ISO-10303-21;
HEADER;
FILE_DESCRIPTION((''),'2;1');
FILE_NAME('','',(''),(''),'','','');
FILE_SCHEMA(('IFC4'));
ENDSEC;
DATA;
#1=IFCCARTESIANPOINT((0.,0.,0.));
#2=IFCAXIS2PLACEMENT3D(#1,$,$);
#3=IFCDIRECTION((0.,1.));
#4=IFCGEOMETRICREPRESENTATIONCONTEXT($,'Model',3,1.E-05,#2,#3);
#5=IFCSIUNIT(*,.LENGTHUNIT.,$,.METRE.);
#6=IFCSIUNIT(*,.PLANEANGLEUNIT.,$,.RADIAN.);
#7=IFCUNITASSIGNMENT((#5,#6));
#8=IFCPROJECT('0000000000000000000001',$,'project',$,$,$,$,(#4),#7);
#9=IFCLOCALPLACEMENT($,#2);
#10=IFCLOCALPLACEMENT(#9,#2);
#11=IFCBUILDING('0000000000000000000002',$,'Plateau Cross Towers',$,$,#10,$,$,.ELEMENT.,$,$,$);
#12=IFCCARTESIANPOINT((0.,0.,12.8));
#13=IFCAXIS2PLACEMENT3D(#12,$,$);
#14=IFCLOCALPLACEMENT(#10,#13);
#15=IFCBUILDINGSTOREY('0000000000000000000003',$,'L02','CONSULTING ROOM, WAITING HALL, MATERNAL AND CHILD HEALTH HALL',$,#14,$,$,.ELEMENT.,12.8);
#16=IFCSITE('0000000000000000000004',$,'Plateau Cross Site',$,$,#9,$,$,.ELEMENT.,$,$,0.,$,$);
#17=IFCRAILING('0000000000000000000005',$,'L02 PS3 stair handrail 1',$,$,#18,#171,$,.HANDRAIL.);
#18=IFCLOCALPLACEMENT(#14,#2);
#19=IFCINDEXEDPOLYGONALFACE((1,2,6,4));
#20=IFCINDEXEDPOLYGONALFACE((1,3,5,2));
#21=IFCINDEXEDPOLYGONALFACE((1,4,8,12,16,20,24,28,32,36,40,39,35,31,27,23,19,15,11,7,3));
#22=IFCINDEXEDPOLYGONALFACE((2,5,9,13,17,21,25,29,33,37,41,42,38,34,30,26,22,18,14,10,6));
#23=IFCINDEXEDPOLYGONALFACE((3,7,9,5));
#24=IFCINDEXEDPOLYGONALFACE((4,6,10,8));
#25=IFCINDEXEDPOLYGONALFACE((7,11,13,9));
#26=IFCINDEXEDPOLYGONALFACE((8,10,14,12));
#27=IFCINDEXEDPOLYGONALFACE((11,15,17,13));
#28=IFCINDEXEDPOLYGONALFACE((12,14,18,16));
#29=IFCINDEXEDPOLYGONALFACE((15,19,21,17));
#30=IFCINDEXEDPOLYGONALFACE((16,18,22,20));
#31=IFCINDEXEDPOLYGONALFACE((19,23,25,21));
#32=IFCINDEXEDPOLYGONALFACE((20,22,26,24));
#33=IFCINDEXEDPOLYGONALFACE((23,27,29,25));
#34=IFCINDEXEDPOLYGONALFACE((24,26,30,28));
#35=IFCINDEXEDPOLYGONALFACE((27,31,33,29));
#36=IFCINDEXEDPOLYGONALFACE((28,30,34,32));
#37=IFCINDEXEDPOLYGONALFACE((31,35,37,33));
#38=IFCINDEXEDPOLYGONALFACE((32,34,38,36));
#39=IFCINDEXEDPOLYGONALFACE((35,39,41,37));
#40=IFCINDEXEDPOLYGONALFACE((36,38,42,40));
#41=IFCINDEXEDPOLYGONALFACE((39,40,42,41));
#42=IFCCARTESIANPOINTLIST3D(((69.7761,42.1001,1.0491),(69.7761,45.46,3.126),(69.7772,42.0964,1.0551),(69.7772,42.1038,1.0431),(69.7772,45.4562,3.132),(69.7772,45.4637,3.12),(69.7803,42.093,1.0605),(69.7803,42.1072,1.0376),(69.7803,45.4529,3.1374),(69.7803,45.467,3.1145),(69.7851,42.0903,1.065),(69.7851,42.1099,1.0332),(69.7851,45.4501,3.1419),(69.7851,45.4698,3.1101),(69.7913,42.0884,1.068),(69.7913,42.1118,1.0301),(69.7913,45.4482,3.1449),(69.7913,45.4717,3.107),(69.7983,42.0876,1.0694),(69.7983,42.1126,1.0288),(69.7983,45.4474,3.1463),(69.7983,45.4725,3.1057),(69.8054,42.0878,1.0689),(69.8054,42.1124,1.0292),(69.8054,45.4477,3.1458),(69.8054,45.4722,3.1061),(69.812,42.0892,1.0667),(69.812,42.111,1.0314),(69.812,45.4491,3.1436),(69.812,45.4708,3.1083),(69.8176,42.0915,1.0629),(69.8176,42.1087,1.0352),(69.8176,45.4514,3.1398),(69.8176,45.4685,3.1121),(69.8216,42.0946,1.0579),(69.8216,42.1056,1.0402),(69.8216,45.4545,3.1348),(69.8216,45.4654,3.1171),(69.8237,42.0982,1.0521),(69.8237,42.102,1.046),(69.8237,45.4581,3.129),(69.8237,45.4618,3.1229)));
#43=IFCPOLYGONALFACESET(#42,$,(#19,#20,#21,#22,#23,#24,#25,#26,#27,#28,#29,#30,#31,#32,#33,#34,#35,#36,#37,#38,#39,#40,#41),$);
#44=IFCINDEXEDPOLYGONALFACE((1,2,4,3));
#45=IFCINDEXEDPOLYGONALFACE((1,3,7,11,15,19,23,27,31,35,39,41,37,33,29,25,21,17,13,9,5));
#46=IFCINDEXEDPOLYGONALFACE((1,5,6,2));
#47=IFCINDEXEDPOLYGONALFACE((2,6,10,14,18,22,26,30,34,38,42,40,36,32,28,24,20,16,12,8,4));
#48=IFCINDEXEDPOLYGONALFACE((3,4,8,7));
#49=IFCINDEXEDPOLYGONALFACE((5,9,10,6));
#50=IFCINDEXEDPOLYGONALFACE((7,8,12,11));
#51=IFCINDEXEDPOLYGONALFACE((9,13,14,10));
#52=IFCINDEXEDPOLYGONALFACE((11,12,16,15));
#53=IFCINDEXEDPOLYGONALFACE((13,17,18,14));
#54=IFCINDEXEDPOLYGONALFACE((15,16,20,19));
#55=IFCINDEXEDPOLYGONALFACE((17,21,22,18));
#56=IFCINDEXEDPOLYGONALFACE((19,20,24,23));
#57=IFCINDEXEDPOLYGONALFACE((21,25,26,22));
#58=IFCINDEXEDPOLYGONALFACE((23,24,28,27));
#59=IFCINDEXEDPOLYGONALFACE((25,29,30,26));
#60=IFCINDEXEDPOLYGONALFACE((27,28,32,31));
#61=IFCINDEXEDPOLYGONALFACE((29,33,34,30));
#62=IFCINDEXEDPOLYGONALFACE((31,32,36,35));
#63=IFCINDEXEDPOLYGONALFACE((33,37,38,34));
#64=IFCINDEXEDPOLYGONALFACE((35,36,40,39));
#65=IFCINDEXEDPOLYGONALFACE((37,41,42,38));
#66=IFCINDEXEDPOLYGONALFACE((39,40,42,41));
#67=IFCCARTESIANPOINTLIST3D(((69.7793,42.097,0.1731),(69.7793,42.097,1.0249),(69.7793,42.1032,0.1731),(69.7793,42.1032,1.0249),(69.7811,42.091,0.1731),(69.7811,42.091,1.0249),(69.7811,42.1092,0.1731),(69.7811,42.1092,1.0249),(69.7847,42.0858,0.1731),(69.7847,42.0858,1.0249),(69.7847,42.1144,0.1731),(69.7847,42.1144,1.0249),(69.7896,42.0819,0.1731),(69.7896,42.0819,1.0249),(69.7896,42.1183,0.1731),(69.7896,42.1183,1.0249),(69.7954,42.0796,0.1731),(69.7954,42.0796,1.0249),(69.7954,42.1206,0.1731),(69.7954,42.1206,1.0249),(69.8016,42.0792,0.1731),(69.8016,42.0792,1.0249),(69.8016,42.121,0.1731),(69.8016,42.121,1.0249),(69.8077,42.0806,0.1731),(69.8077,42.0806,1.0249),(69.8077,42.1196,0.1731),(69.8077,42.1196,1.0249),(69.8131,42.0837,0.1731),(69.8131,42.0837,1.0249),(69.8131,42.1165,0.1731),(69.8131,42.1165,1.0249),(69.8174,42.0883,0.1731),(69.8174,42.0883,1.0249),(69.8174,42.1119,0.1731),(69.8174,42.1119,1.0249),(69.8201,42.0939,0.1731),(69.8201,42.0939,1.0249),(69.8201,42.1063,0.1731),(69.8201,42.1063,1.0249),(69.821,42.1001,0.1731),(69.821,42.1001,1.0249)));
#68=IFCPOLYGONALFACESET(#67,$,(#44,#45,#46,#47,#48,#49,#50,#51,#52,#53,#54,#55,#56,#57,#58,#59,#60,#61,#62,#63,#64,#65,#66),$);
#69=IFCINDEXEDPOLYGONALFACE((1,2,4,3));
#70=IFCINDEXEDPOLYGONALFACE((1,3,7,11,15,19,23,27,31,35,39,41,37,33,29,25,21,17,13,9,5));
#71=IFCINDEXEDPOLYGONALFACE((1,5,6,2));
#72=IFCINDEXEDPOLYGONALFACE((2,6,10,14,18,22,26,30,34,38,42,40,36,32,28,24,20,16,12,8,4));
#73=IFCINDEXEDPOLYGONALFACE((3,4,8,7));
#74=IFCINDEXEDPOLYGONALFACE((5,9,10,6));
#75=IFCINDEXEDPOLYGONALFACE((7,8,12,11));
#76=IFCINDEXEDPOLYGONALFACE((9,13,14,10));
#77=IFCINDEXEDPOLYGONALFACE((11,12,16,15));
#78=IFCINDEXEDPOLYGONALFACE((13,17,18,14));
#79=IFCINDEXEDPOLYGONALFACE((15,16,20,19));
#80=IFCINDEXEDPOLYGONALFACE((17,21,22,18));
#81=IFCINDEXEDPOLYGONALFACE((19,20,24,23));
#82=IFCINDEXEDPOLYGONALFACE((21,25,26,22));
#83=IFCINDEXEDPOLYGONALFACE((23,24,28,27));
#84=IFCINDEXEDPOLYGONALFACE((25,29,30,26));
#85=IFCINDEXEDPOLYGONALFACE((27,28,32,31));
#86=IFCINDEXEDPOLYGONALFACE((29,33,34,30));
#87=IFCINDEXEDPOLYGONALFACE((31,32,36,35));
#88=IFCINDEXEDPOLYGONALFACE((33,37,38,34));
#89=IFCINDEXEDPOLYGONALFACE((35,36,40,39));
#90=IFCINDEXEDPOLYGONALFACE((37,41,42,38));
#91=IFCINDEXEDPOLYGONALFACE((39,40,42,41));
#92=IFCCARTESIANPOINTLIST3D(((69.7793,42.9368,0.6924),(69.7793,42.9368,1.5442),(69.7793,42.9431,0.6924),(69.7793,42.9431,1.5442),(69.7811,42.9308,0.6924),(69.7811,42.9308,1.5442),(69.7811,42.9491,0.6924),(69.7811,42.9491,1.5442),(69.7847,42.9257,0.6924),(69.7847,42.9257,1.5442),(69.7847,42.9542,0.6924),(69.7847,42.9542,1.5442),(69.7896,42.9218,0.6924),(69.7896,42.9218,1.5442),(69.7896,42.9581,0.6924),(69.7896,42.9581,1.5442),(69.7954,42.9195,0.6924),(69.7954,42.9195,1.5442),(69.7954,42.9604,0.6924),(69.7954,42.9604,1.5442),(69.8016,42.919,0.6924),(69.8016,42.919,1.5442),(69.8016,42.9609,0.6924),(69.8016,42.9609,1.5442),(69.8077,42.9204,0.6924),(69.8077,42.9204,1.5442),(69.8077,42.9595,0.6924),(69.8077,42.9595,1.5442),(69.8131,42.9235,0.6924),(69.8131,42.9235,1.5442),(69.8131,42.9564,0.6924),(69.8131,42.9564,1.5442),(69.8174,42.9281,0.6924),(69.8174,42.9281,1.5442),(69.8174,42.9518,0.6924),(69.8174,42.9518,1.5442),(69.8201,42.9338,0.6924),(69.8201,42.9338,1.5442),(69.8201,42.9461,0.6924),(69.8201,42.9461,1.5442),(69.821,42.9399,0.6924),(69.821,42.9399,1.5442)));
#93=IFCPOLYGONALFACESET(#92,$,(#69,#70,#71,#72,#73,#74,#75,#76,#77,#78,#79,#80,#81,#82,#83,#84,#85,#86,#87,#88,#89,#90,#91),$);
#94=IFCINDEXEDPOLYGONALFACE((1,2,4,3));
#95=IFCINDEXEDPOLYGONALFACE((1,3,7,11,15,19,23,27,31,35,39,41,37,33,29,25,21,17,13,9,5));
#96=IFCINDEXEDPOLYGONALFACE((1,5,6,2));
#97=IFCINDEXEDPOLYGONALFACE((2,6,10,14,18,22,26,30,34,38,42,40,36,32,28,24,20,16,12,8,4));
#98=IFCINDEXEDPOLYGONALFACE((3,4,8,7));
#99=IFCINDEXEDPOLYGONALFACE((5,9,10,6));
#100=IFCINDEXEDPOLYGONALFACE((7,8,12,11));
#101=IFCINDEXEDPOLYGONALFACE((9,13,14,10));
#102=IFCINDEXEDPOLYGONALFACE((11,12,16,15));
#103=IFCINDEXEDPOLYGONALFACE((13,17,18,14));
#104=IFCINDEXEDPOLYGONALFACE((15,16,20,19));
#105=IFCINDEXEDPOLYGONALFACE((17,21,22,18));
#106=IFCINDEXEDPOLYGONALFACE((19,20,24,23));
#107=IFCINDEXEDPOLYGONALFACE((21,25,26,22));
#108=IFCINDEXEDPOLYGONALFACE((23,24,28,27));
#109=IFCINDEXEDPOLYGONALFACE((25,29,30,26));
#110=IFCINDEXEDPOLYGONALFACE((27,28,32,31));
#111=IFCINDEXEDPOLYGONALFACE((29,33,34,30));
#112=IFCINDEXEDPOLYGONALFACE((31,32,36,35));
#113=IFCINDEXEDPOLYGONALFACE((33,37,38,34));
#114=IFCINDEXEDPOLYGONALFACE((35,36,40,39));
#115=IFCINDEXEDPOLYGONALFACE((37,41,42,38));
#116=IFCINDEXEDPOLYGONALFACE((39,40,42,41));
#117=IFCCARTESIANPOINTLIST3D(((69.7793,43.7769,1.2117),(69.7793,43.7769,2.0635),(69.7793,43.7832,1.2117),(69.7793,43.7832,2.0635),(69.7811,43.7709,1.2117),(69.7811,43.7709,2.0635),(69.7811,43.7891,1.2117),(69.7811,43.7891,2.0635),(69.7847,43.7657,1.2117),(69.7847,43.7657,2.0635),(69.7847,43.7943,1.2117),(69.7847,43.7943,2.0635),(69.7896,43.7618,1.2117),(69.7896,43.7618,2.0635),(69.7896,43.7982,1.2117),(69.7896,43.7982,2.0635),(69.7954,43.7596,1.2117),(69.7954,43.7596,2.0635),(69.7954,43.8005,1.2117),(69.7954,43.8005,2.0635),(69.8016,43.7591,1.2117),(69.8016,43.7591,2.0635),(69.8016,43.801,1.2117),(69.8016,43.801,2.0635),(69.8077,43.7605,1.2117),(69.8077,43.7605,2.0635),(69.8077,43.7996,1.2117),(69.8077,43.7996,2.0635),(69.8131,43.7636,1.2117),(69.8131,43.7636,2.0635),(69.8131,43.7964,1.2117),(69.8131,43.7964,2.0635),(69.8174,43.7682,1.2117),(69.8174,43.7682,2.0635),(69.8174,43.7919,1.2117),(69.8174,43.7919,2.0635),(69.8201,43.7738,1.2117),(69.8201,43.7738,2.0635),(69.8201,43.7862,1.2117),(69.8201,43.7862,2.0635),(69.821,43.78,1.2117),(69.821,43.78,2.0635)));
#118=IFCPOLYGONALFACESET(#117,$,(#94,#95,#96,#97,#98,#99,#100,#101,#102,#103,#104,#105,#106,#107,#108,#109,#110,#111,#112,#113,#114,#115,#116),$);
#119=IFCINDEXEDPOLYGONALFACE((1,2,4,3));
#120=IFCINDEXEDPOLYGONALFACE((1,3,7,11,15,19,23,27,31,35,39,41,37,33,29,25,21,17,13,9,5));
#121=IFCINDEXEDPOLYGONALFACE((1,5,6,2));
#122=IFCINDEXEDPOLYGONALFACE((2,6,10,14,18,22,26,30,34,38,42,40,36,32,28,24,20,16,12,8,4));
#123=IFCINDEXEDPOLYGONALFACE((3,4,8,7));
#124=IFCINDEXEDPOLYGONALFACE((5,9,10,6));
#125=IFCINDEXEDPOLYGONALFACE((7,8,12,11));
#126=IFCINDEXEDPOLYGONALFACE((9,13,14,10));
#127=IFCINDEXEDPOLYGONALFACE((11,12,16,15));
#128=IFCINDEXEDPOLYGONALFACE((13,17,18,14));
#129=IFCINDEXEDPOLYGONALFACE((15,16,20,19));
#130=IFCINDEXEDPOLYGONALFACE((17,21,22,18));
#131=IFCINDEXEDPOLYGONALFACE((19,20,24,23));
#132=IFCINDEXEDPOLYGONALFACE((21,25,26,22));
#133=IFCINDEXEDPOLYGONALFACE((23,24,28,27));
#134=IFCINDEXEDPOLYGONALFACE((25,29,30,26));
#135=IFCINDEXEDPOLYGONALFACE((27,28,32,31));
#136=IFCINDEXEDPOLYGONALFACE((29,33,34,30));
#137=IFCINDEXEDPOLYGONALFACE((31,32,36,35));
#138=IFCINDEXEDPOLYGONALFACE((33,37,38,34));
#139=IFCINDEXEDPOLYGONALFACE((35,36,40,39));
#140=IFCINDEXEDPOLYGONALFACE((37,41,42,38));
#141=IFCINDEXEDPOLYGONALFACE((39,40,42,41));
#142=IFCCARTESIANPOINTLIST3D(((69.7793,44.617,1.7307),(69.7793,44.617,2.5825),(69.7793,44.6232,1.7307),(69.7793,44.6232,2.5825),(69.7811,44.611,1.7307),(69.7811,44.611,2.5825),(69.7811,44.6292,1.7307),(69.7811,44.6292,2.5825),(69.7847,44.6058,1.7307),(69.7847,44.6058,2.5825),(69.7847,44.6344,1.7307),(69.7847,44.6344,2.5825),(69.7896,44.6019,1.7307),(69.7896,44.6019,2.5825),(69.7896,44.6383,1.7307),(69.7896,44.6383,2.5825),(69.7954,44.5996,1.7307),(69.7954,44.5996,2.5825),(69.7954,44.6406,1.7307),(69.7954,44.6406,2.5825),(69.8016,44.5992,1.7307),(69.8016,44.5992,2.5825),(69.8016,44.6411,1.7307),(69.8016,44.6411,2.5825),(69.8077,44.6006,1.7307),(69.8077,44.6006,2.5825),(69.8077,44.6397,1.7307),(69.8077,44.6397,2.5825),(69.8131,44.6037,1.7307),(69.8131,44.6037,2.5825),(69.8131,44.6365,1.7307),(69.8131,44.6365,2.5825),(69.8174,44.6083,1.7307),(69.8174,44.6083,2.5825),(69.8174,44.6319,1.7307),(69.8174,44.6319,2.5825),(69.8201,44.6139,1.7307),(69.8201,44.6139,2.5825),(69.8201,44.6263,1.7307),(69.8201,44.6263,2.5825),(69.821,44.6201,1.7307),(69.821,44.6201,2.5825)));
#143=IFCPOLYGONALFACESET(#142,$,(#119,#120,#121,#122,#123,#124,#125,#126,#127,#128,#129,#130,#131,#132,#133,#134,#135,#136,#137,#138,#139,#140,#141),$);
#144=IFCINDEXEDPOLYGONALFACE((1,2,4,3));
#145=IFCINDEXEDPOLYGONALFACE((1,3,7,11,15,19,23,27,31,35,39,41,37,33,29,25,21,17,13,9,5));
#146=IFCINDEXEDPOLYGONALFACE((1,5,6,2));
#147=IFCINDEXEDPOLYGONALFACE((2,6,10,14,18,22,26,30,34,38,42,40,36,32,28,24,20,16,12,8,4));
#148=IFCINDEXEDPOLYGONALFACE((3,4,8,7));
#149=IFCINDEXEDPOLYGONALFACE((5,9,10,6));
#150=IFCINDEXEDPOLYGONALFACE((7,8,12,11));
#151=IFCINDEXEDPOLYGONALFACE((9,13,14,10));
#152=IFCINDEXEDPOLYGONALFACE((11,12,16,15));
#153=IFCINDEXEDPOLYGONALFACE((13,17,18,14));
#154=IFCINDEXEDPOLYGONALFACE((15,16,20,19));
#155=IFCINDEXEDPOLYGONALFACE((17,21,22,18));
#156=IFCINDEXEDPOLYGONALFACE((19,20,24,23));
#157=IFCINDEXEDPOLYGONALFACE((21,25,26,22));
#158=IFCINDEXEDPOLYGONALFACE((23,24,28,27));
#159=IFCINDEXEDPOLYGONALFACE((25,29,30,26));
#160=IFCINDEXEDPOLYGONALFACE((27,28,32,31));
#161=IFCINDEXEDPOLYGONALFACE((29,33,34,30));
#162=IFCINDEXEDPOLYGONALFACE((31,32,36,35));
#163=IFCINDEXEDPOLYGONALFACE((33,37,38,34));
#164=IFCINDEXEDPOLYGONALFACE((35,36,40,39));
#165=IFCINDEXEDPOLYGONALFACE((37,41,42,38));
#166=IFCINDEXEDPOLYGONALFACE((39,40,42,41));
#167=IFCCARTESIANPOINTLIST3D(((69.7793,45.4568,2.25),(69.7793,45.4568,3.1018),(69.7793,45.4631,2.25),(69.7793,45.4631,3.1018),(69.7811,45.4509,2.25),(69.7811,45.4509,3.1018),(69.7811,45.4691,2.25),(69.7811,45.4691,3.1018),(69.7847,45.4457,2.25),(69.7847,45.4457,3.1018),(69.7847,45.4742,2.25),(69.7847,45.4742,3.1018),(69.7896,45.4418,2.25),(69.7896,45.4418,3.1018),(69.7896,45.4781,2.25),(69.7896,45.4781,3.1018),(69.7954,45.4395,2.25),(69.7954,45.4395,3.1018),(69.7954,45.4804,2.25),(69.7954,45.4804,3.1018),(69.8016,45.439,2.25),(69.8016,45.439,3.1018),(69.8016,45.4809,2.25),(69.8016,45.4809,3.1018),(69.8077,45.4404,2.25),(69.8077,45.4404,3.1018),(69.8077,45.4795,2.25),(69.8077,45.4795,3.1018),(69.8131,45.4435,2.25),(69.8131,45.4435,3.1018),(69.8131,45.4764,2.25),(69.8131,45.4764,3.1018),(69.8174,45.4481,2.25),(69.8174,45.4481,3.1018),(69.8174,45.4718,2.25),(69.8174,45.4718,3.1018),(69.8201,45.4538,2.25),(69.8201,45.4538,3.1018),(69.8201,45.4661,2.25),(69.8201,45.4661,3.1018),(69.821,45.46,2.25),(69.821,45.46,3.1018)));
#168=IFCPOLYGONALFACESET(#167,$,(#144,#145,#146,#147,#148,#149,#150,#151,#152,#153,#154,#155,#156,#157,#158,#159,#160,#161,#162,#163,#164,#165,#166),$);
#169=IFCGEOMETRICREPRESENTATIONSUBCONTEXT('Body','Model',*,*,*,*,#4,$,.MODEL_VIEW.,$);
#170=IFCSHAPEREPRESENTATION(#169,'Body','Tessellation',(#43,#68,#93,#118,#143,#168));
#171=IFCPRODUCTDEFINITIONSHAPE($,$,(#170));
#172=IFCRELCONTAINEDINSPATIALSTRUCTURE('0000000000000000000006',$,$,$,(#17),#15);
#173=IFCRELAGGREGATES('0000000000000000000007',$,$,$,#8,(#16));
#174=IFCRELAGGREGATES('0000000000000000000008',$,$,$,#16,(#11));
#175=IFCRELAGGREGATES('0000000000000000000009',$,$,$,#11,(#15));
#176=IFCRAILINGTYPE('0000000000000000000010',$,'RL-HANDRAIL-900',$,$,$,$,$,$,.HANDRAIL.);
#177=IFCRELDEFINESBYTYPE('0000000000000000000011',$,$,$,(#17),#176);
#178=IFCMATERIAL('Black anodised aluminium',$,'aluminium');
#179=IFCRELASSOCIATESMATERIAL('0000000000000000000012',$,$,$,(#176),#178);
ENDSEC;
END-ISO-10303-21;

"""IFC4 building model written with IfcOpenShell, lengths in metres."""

from ifc_helpers import new_model, si_unit, direction, frame, origin, origin_2d, place, context, subcontext, project, spatial, circle, extrude, material, type_object, element, save


model = new_model("IFC4")

# Units and contexts
model_context = context("Model", 3, precision=1e-05, world=origin(), true_north=direction((0.0, 1.0)))
body_context = subcontext(model_context, "Body", "Model", "MODEL_VIEW")
ifc_project = project(units=[si_unit("LENGTHUNIT", "METRE"), si_unit("PLANEANGLEUNIT", "RADIAN")], contexts=[model_context])

# Site, building, storey
site_placement = place(None, origin())
site = spatial("IfcSite", under=ifc_project, at=site_placement, Name="Plateau Cross Site", CompositionType="ELEMENT", RefElevation=0.0)
building_placement = place(site_placement, origin())
building = spatial("IfcBuilding", under=site, at=building_placement, Name="Plateau Cross Towers", CompositionType="ELEMENT")
storey_placement = place(building_placement, frame((0.0, 0.0, 12.8)))
storey = spatial("IfcBuildingStorey", under=building, at=storey_placement, Name="L02", Description="CONSULTING ROOM, WAITING HALL, MATERNAL AND CHILD HEALTH HALL", CompositionType="ELEMENT", Elevation=12.8)

# Shared definitions
ifc_material_1 = material(Name="Black anodised aluminium", Category="aluminium")

# Railing
railing_type_1 = type_object("IfcRailingType", Name="RL-HANDRAIL-900", PredefinedType="HANDRAIL", material=ifc_material_1)
railing_1_placement = place(storey_placement, frame((69.8, 42.1001, 0.1731)))
element("IfcRailing", 1, at=railing_1_placement, inside=storey, type_object=railing_type_1, Name="L02 PS3 stair handrail 1", PredefinedType="HANDRAIL", context=body_context, shape_type="SweptSolid", body=[
    extrude(circle(Radius=0.0239, at=origin_2d()), frame((0.0, 0.0, 0.876), z_axis=(0.0, 0.850606, 0.525803), x_axis=(-1.0, 0.0, 0.0)), (0.0, 0.0, 1.0), 3.95),
    extrude(circle(Radius=0.021, at=origin_2d()), origin(), (0.0, 0.0, 1.0), 0.8518),
    extrude(circle(Radius=0.021, at=origin_2d()), frame((0.0, 0.8398, 0.5193)), (0.0, 0.0, 1.0), 0.8518),
    extrude(circle(Radius=0.021, at=origin_2d()), frame((0.0, 1.6799, 1.0386)), (0.0, 0.0, 1.0), 0.8518),
    extrude(circle(Radius=0.021, at=origin_2d()), frame((0.0, 2.52, 1.5576)), (0.0, 0.0, 1.0), 0.8518),
    extrude(circle(Radius=0.021, at=origin_2d()), frame((0.0, 3.3599, 2.0769)), (0.0, 0.0, 1.0), 0.8518),
])

save(model, "model.ifc")
